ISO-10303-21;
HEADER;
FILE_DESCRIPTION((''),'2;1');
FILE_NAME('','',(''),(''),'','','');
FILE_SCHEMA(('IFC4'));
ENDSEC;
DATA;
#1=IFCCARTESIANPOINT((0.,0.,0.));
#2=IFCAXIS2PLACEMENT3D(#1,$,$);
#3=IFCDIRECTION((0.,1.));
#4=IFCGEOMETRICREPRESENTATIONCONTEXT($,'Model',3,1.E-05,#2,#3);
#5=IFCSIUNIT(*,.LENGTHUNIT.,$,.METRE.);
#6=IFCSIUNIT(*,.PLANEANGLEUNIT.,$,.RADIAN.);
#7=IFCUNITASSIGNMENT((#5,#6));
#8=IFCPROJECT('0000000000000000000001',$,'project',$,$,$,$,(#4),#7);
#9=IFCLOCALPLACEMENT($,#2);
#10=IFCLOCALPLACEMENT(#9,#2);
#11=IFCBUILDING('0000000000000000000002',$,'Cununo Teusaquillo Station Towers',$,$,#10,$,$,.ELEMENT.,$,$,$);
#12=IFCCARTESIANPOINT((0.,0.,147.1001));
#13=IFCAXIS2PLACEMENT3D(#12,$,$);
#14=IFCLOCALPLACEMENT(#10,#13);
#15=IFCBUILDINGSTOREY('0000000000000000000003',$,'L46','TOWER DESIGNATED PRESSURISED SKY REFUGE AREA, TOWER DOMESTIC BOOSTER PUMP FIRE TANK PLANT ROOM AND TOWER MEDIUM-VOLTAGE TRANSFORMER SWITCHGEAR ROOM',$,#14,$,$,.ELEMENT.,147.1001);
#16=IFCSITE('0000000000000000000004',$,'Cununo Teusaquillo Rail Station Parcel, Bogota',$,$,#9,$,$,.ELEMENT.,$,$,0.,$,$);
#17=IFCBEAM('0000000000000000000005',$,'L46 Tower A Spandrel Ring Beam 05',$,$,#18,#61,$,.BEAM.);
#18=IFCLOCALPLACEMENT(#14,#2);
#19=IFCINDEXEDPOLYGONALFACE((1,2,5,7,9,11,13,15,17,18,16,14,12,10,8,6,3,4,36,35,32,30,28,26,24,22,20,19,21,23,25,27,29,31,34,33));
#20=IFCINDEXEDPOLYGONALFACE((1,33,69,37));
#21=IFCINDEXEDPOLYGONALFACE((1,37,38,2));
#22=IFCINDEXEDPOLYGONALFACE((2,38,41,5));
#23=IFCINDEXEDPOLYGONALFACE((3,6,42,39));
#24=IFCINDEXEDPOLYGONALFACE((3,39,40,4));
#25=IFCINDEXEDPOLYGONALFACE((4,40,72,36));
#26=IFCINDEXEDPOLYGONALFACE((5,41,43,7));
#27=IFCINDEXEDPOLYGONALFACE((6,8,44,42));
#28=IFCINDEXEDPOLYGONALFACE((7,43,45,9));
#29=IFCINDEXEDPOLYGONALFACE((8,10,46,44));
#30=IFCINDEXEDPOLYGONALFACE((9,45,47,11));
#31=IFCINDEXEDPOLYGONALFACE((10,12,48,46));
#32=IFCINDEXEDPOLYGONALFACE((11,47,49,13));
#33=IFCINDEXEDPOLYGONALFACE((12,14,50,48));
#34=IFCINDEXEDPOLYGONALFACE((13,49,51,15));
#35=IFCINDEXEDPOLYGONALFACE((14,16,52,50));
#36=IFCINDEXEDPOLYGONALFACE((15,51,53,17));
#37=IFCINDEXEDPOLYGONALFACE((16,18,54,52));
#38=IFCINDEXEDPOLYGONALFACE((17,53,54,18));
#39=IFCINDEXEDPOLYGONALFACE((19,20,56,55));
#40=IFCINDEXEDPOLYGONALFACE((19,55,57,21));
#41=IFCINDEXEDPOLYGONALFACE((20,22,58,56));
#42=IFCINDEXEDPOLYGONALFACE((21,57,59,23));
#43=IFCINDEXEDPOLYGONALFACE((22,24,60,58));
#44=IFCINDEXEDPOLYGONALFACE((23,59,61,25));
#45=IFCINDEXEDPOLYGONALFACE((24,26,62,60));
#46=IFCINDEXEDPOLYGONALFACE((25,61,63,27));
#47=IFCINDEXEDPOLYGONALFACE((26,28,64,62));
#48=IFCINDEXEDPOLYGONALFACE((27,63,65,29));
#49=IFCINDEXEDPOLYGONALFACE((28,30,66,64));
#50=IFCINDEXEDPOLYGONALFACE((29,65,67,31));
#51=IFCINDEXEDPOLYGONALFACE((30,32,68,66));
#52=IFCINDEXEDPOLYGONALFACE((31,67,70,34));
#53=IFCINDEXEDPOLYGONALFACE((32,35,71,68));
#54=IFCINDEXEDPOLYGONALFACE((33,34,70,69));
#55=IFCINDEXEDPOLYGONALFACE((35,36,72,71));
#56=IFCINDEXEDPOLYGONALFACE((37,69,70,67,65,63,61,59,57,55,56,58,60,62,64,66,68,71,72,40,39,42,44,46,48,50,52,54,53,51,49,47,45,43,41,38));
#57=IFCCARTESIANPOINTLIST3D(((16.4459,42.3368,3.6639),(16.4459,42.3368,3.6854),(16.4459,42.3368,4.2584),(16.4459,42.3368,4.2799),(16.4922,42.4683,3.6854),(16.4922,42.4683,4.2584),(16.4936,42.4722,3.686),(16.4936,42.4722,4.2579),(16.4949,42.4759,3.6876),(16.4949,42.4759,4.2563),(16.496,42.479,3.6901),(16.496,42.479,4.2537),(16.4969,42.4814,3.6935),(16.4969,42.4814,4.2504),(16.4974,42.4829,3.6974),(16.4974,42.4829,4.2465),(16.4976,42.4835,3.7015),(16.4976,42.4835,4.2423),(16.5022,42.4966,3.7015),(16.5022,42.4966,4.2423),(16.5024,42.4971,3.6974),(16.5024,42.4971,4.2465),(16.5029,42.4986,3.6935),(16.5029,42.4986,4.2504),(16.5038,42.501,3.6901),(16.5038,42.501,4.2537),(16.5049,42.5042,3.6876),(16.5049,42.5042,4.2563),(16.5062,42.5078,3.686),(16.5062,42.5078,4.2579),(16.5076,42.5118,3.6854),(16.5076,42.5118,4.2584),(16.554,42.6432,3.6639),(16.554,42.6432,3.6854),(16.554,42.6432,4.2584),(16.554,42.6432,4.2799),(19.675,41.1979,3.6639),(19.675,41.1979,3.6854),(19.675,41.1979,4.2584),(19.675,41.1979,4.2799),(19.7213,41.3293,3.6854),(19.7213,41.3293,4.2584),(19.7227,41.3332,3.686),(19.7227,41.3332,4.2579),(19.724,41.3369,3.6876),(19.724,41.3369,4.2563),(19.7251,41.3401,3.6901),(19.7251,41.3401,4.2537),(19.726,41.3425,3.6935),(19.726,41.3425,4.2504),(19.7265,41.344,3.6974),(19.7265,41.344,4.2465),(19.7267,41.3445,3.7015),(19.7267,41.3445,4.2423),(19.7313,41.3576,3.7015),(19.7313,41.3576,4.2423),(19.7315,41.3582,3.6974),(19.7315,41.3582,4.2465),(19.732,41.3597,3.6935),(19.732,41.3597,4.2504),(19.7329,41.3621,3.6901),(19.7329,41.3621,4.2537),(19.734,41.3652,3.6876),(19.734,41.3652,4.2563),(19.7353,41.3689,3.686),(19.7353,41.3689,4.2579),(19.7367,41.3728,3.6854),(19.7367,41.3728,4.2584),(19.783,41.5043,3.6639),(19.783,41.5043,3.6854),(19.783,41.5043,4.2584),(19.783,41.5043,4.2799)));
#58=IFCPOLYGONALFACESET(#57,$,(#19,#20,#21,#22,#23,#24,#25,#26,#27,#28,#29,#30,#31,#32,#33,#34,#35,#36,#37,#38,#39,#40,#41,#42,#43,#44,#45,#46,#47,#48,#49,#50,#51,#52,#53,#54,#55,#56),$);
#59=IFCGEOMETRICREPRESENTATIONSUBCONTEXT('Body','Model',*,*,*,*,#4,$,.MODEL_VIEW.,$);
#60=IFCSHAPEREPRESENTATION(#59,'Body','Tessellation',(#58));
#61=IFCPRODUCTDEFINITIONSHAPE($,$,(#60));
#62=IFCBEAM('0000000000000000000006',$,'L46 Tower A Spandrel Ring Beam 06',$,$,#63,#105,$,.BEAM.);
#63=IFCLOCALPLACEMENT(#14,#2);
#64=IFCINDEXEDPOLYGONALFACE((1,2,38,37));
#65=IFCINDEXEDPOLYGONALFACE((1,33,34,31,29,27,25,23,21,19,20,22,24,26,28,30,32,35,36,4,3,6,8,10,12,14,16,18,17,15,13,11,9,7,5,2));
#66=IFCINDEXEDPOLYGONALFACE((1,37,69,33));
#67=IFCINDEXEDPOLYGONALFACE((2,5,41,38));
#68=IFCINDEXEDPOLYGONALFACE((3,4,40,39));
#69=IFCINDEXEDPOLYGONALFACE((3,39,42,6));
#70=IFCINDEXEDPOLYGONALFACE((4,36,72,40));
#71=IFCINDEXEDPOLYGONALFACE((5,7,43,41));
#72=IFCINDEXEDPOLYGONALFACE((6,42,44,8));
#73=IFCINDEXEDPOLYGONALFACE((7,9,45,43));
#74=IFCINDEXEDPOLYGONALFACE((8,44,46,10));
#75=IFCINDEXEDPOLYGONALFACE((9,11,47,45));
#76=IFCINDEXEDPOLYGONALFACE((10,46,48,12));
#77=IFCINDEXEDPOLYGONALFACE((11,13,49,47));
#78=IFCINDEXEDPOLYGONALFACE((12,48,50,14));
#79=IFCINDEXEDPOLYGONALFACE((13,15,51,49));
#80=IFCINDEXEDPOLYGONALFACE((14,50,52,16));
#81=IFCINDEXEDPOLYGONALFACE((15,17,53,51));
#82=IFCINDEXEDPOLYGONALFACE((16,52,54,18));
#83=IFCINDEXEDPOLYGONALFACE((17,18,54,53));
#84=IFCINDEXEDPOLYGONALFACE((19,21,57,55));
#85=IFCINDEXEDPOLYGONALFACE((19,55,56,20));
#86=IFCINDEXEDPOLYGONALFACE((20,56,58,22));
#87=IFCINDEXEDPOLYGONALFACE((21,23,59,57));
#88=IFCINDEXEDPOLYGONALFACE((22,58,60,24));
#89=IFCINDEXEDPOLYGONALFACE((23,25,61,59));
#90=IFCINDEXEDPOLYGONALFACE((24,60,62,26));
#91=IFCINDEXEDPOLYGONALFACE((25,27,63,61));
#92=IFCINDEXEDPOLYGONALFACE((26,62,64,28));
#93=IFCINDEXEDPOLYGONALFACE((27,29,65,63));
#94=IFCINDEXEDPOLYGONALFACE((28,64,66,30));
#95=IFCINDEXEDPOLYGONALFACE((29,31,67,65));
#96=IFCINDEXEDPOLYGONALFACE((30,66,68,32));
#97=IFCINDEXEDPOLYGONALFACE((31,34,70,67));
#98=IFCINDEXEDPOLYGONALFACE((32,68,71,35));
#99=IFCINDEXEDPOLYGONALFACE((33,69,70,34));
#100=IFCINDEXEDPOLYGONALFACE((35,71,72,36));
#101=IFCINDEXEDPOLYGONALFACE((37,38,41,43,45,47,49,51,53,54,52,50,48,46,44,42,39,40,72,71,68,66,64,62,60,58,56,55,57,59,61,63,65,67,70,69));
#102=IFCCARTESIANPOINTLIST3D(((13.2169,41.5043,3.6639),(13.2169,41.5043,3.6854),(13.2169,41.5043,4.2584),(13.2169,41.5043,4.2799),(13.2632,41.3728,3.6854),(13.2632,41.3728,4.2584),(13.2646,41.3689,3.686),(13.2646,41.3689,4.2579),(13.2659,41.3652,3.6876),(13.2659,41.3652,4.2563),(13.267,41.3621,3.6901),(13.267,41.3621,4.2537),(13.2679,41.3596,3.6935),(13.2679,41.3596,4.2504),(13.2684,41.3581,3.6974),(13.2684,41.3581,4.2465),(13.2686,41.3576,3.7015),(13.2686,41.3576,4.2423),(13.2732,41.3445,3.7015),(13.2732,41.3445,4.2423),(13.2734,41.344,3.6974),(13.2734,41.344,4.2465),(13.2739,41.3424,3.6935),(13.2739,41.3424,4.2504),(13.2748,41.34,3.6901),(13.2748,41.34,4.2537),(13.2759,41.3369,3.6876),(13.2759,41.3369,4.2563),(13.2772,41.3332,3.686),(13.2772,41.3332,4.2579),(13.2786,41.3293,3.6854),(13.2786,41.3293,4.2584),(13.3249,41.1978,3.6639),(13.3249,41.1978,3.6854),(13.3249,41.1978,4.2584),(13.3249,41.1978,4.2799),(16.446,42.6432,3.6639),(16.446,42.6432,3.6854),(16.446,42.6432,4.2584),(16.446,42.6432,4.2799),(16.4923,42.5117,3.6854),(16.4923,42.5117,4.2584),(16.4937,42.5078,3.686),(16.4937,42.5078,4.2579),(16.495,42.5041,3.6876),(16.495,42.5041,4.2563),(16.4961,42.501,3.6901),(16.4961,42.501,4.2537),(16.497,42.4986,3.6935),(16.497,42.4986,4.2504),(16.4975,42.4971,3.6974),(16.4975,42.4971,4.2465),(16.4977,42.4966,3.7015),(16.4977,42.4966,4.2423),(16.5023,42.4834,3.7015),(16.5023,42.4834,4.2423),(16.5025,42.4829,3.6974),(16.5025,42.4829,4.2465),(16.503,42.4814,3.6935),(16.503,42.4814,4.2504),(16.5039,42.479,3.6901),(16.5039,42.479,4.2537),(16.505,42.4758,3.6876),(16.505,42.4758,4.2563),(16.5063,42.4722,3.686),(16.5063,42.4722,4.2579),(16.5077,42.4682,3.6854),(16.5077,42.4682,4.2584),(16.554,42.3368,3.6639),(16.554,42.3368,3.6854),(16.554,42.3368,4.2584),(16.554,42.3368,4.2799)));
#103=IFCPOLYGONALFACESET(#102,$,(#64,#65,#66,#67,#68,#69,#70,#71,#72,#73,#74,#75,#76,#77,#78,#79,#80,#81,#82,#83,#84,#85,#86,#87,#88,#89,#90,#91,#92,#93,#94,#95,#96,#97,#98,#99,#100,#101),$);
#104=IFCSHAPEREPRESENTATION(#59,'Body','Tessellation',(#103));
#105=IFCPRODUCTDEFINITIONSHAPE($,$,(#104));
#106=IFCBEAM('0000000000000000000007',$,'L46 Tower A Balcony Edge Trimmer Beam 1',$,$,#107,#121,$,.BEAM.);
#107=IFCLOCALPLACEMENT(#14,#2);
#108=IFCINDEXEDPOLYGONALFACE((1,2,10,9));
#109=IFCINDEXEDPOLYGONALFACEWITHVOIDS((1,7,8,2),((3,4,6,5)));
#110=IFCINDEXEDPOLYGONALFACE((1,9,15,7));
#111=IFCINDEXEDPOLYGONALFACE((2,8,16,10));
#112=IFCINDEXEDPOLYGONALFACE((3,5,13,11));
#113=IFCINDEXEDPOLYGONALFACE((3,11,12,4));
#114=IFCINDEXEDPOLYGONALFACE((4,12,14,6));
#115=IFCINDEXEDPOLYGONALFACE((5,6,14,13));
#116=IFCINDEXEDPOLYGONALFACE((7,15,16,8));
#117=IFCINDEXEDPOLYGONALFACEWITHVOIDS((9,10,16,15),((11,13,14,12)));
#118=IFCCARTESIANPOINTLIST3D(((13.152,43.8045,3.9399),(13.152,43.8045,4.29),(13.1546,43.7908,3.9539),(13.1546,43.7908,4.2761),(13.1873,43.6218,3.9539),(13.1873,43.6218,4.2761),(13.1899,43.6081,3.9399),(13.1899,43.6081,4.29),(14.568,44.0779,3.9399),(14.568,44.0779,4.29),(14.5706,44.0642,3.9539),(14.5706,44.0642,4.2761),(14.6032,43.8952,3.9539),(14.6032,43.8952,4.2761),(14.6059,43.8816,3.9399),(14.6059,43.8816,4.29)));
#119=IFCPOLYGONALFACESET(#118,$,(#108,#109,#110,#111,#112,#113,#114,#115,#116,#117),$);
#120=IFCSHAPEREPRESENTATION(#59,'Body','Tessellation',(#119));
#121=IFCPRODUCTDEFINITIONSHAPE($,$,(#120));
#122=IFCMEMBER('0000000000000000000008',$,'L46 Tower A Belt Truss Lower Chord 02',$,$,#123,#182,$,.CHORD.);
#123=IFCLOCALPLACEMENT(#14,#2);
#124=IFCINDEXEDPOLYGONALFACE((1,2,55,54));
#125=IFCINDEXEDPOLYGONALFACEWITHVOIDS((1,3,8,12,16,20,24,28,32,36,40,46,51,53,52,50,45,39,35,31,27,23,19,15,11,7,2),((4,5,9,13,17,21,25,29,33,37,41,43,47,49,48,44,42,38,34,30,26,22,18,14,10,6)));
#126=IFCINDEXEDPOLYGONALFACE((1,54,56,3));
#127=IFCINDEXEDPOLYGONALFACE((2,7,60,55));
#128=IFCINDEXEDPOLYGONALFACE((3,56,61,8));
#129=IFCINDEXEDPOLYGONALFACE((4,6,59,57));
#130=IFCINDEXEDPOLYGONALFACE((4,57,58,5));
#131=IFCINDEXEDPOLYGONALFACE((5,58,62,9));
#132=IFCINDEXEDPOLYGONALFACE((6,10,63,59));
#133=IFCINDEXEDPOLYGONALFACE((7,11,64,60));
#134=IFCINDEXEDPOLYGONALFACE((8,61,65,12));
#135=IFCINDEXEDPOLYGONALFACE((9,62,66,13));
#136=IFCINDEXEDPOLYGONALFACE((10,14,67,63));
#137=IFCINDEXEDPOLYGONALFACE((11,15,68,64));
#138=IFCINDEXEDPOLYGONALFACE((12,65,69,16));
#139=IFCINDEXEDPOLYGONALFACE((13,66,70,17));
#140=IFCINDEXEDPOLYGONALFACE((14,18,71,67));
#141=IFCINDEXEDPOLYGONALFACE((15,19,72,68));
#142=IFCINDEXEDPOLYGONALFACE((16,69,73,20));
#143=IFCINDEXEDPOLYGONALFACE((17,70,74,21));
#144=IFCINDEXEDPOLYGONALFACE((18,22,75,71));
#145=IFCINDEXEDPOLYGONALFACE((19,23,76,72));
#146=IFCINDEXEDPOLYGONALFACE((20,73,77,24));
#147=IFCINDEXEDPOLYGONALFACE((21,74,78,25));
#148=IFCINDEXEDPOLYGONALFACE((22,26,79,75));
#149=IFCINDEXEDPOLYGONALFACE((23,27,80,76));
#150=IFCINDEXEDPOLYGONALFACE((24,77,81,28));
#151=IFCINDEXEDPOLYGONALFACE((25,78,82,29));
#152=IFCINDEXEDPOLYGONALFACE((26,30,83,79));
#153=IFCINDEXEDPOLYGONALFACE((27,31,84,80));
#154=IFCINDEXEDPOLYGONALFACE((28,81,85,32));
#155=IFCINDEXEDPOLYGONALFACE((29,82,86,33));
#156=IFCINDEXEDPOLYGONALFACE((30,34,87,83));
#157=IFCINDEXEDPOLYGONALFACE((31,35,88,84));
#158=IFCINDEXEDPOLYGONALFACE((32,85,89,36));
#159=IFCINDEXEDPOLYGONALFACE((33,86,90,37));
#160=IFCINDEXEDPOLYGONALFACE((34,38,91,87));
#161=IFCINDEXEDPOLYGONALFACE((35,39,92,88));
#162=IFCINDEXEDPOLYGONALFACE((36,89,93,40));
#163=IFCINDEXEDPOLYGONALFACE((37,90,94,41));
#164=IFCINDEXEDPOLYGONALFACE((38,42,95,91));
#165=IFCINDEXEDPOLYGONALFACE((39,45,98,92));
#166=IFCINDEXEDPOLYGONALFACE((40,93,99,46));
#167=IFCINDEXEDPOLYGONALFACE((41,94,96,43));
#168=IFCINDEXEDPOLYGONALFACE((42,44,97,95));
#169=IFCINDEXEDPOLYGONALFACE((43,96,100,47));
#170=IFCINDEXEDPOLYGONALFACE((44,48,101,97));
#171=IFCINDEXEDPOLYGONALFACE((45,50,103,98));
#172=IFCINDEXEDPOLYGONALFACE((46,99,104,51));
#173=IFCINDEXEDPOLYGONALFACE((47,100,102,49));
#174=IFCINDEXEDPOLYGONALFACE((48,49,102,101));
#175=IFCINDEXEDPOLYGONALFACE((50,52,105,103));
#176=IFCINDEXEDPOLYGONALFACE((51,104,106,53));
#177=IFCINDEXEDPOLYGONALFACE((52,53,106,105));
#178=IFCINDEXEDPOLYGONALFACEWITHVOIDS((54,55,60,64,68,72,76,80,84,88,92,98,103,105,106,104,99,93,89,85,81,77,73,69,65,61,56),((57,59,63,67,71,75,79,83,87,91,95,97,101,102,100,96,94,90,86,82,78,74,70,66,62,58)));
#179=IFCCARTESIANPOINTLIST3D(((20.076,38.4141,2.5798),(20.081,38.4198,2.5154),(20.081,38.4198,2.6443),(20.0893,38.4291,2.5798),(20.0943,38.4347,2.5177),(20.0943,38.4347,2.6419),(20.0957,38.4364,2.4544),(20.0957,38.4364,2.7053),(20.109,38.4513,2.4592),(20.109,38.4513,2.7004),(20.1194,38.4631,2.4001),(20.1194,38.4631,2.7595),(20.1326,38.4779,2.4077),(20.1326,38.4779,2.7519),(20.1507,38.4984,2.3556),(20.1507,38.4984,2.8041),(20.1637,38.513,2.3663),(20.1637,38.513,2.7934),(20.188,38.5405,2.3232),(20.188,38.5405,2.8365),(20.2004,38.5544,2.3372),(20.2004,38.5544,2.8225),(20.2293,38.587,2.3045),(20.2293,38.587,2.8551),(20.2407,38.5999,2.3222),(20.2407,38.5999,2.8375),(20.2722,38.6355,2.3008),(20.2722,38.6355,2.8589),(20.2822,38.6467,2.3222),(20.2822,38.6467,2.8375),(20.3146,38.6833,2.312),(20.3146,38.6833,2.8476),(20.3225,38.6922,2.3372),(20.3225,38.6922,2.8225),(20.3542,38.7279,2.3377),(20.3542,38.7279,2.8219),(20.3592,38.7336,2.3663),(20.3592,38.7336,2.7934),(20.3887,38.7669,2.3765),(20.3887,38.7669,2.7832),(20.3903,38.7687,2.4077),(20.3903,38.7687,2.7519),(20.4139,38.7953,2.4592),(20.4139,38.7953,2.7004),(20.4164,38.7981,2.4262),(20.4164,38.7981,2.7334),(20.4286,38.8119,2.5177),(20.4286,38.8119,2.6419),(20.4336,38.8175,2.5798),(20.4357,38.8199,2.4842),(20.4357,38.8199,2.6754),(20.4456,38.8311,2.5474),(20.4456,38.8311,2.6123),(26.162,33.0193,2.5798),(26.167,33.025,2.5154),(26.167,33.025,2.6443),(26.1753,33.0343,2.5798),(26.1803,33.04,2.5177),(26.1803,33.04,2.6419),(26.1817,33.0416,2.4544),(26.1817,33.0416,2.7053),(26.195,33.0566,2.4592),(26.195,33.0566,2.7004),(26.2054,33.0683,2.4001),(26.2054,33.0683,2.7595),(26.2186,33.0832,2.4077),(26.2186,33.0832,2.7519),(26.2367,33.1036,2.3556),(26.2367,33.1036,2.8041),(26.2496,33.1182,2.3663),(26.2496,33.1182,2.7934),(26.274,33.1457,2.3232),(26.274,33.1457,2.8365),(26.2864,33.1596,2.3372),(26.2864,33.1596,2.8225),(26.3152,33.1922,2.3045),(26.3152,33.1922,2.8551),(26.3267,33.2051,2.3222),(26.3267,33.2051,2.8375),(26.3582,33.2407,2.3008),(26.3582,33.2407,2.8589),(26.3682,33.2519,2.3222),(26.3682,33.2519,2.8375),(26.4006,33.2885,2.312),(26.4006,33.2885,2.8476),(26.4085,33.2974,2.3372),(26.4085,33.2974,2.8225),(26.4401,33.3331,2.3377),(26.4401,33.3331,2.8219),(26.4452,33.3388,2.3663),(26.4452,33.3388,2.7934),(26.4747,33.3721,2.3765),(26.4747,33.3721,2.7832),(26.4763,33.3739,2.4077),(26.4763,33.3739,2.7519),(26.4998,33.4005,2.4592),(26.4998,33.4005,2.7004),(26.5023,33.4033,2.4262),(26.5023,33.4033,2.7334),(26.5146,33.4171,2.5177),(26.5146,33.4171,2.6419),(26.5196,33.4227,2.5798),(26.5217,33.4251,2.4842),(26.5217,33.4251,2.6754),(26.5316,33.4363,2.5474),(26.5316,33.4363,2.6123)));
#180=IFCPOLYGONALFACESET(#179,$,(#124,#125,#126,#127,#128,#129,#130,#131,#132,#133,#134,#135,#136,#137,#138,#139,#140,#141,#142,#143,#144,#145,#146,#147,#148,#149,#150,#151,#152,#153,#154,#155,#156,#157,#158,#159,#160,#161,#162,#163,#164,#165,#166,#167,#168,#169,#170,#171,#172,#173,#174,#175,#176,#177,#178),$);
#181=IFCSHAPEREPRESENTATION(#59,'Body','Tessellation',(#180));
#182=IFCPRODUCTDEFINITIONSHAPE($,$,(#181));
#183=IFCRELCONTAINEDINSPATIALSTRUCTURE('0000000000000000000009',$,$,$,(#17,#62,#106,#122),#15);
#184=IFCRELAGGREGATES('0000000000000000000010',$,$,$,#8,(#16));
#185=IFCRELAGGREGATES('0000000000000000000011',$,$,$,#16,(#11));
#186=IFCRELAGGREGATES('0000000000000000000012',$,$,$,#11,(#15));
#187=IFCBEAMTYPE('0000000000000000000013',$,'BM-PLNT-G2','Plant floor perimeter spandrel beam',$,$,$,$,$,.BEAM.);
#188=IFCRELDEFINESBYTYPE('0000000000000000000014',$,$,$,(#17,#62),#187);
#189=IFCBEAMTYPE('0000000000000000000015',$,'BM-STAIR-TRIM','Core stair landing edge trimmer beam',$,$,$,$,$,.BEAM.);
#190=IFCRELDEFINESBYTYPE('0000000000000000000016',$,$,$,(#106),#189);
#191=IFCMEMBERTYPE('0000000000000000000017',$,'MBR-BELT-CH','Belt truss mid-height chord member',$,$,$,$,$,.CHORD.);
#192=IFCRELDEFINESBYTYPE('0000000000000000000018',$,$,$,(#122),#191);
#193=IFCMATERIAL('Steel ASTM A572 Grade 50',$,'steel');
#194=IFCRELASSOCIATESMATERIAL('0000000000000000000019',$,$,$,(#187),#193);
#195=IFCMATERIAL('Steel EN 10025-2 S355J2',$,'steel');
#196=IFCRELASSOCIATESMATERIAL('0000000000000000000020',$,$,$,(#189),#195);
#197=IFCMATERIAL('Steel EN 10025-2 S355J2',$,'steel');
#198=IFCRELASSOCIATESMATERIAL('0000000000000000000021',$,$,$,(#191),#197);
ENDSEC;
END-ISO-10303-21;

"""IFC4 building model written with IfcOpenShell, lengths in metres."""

from ifc_helpers import new_model, si_unit, direction, frame, origin, origin_2d, place, context, subcontext, project, spatial, hollow_rectangle, hollow_circle, i_section, extrude, material, material_profile, profile_set, type_object, element, save


model = new_model("IFC4")

# Units and contexts
model_context = context("Model", 3, precision=1e-05, world=origin(), true_north=direction((0.0, 1.0)))
body_context = subcontext(model_context, "Body", "Model", "MODEL_VIEW")
ifc_project = project(units=[si_unit("LENGTHUNIT", "METRE"), si_unit("PLANEANGLEUNIT", "RADIAN")], contexts=[model_context])

# Site, building, storey
site_placement = place(None, origin())
site = spatial("IfcSite", under=ifc_project, at=site_placement, Name="Cununo Teusaquillo Rail Station Parcel, Bogota", CompositionType="ELEMENT", RefElevation=0.0)
building_placement = place(site_placement, origin())
building = spatial("IfcBuilding", under=site, at=building_placement, Name="Cununo Teusaquillo Station Towers", CompositionType="ELEMENT")
storey_placement = place(building_placement, frame((0.0, 0.0, 147.1001)))
storey = spatial("IfcBuildingStorey", under=building, at=storey_placement, Name="L46", Description="TOWER DESIGNATED PRESSURISED SKY REFUGE AREA, TOWER DOMESTIC BOOSTER PUMP FIRE TANK PLANT ROOM AND TOWER MEDIUM-VOLTAGE TRANSFORMER SWITCHGEAR ROOM", CompositionType="ELEMENT", Elevation=147.1001)

# Beams
ifc_material_1 = material(Name="Steel ASTM A572 Grade 50", Category="steel")
ifc_material_profile_1 = material_profile(ifc_material_1, i_section(OverallWidth=0.325, OverallDepth=0.616, WebThickness=0.0139, FlangeThickness=0.0215, FilletRadius=0.0161, at=origin_2d()), Name="W24X117")
ifc_profile_set_1 = profile_set([ifc_material_profile_1], Name="Steel ASTM A572 Grade 50")
beam_type_1 = type_object("IfcBeamType", Name="BM-PLNT-G2", Description="Plant floor perimeter spandrel beam", PredefinedType="BEAM", material=ifc_profile_set_1)
for number, where, z_axis, x_axis, name in (
    (1, (19.729, 41.3511, 3.9719), (-0.943057, 0.33263, 0.0), (-0.33263, -0.943057, 0.0), "L46 Tower A Spandrel Ring Beam 05"),
    (2, (16.5, 42.49, 3.9719), (-0.943057, -0.33263, 0.0), (0.33263, -0.943057, 0.0), "L46 Tower A Spandrel Ring Beam 06"),
):
    element("IfcBeam", number, at=place(storey_placement, frame(where, z_axis=z_axis, x_axis=x_axis)), inside=storey, type_object=beam_type_1, Name=name, PredefinedType="BEAM", context=body_context, shape_type="SweptSolid", body=[
        extrude(i_section(OverallWidth=0.325, OverallDepth=0.616, WebThickness=0.0139, FlangeThickness=0.0215, FilletRadius=0.0161, at=origin_2d()), origin(), (0.0, 0.0, 1.0), 3.4241),
    ])
ifc_material_2 = material(Name="Steel EN 10025-2 S355J2", Category="steel")
ifc_material_profile_2 = material_profile(ifc_material_2, hollow_rectangle(XDim=0.2, YDim=0.3501, WallThickness=0.0139, at=origin_2d()), Name="RHS 350x200x14")
ifc_profile_set_2 = profile_set([ifc_material_profile_2], Name="Steel EN 10025-2 S355J2")
beam_type_2 = type_object("IfcBeamType", Name="BM-STAIR-TRIM", Description="Core stair landing edge trimmer beam", PredefinedType="BEAM", material=ifc_profile_set_2)
beam_1_placement = place(storey_placement, frame((14.5869, 43.9797, 4.115), z_axis=(-0.981861, -0.189601, 0.0), x_axis=(0.189601, -0.981861, 0.0)))
element("IfcBeam", 3, at=beam_1_placement, inside=storey, type_object=beam_type_2, Name="L46 Tower A Balcony Edge Trimmer Beam 1", PredefinedType="BEAM", context=body_context, shape_type="SweptSolid", body=[
    extrude(hollow_rectangle(XDim=0.2, YDim=0.3501, WallThickness=0.0139, at=origin_2d()), origin(), (0.0, 0.0, 1.0), 1.4421),
])

# Member
ifc_material_3 = material(Name="Steel EN 10025-2 S355J2", Category="steel")
ifc_material_profile_3 = material_profile(ifc_material_3, hollow_circle(Radius=0.2795, WallThickness=0.02, at=origin_2d()), Name="CHS 559x20")
ifc_profile_set_3 = profile_set([ifc_material_profile_3], Name="Steel EN 10025-2 S355J2")
member_type_1 = type_object("IfcMemberType", Name="MBR-BELT-CH", Description="Belt truss mid-height chord member", PredefinedType="CHORD", material=ifc_profile_set_3)
member_1_placement = place(storey_placement, frame((26.3474, 33.2285, 2.5798), z_axis=(-0.748321, 0.663337, 0.0), x_axis=(-0.663337, -0.748321, 0.0)))
element("IfcMember", 4, at=member_1_placement, inside=storey, type_object=member_type_1, Name="L46 Tower A Belt Truss Lower Chord 02", PredefinedType="CHORD", context=body_context, shape_type="SweptSolid", body=[
    extrude(hollow_circle(Radius=0.2795, WallThickness=0.02, at=origin_2d()), origin(), (0.0, 0.0, 1.0), 8.1328),
])

save(model, "model.ifc")
